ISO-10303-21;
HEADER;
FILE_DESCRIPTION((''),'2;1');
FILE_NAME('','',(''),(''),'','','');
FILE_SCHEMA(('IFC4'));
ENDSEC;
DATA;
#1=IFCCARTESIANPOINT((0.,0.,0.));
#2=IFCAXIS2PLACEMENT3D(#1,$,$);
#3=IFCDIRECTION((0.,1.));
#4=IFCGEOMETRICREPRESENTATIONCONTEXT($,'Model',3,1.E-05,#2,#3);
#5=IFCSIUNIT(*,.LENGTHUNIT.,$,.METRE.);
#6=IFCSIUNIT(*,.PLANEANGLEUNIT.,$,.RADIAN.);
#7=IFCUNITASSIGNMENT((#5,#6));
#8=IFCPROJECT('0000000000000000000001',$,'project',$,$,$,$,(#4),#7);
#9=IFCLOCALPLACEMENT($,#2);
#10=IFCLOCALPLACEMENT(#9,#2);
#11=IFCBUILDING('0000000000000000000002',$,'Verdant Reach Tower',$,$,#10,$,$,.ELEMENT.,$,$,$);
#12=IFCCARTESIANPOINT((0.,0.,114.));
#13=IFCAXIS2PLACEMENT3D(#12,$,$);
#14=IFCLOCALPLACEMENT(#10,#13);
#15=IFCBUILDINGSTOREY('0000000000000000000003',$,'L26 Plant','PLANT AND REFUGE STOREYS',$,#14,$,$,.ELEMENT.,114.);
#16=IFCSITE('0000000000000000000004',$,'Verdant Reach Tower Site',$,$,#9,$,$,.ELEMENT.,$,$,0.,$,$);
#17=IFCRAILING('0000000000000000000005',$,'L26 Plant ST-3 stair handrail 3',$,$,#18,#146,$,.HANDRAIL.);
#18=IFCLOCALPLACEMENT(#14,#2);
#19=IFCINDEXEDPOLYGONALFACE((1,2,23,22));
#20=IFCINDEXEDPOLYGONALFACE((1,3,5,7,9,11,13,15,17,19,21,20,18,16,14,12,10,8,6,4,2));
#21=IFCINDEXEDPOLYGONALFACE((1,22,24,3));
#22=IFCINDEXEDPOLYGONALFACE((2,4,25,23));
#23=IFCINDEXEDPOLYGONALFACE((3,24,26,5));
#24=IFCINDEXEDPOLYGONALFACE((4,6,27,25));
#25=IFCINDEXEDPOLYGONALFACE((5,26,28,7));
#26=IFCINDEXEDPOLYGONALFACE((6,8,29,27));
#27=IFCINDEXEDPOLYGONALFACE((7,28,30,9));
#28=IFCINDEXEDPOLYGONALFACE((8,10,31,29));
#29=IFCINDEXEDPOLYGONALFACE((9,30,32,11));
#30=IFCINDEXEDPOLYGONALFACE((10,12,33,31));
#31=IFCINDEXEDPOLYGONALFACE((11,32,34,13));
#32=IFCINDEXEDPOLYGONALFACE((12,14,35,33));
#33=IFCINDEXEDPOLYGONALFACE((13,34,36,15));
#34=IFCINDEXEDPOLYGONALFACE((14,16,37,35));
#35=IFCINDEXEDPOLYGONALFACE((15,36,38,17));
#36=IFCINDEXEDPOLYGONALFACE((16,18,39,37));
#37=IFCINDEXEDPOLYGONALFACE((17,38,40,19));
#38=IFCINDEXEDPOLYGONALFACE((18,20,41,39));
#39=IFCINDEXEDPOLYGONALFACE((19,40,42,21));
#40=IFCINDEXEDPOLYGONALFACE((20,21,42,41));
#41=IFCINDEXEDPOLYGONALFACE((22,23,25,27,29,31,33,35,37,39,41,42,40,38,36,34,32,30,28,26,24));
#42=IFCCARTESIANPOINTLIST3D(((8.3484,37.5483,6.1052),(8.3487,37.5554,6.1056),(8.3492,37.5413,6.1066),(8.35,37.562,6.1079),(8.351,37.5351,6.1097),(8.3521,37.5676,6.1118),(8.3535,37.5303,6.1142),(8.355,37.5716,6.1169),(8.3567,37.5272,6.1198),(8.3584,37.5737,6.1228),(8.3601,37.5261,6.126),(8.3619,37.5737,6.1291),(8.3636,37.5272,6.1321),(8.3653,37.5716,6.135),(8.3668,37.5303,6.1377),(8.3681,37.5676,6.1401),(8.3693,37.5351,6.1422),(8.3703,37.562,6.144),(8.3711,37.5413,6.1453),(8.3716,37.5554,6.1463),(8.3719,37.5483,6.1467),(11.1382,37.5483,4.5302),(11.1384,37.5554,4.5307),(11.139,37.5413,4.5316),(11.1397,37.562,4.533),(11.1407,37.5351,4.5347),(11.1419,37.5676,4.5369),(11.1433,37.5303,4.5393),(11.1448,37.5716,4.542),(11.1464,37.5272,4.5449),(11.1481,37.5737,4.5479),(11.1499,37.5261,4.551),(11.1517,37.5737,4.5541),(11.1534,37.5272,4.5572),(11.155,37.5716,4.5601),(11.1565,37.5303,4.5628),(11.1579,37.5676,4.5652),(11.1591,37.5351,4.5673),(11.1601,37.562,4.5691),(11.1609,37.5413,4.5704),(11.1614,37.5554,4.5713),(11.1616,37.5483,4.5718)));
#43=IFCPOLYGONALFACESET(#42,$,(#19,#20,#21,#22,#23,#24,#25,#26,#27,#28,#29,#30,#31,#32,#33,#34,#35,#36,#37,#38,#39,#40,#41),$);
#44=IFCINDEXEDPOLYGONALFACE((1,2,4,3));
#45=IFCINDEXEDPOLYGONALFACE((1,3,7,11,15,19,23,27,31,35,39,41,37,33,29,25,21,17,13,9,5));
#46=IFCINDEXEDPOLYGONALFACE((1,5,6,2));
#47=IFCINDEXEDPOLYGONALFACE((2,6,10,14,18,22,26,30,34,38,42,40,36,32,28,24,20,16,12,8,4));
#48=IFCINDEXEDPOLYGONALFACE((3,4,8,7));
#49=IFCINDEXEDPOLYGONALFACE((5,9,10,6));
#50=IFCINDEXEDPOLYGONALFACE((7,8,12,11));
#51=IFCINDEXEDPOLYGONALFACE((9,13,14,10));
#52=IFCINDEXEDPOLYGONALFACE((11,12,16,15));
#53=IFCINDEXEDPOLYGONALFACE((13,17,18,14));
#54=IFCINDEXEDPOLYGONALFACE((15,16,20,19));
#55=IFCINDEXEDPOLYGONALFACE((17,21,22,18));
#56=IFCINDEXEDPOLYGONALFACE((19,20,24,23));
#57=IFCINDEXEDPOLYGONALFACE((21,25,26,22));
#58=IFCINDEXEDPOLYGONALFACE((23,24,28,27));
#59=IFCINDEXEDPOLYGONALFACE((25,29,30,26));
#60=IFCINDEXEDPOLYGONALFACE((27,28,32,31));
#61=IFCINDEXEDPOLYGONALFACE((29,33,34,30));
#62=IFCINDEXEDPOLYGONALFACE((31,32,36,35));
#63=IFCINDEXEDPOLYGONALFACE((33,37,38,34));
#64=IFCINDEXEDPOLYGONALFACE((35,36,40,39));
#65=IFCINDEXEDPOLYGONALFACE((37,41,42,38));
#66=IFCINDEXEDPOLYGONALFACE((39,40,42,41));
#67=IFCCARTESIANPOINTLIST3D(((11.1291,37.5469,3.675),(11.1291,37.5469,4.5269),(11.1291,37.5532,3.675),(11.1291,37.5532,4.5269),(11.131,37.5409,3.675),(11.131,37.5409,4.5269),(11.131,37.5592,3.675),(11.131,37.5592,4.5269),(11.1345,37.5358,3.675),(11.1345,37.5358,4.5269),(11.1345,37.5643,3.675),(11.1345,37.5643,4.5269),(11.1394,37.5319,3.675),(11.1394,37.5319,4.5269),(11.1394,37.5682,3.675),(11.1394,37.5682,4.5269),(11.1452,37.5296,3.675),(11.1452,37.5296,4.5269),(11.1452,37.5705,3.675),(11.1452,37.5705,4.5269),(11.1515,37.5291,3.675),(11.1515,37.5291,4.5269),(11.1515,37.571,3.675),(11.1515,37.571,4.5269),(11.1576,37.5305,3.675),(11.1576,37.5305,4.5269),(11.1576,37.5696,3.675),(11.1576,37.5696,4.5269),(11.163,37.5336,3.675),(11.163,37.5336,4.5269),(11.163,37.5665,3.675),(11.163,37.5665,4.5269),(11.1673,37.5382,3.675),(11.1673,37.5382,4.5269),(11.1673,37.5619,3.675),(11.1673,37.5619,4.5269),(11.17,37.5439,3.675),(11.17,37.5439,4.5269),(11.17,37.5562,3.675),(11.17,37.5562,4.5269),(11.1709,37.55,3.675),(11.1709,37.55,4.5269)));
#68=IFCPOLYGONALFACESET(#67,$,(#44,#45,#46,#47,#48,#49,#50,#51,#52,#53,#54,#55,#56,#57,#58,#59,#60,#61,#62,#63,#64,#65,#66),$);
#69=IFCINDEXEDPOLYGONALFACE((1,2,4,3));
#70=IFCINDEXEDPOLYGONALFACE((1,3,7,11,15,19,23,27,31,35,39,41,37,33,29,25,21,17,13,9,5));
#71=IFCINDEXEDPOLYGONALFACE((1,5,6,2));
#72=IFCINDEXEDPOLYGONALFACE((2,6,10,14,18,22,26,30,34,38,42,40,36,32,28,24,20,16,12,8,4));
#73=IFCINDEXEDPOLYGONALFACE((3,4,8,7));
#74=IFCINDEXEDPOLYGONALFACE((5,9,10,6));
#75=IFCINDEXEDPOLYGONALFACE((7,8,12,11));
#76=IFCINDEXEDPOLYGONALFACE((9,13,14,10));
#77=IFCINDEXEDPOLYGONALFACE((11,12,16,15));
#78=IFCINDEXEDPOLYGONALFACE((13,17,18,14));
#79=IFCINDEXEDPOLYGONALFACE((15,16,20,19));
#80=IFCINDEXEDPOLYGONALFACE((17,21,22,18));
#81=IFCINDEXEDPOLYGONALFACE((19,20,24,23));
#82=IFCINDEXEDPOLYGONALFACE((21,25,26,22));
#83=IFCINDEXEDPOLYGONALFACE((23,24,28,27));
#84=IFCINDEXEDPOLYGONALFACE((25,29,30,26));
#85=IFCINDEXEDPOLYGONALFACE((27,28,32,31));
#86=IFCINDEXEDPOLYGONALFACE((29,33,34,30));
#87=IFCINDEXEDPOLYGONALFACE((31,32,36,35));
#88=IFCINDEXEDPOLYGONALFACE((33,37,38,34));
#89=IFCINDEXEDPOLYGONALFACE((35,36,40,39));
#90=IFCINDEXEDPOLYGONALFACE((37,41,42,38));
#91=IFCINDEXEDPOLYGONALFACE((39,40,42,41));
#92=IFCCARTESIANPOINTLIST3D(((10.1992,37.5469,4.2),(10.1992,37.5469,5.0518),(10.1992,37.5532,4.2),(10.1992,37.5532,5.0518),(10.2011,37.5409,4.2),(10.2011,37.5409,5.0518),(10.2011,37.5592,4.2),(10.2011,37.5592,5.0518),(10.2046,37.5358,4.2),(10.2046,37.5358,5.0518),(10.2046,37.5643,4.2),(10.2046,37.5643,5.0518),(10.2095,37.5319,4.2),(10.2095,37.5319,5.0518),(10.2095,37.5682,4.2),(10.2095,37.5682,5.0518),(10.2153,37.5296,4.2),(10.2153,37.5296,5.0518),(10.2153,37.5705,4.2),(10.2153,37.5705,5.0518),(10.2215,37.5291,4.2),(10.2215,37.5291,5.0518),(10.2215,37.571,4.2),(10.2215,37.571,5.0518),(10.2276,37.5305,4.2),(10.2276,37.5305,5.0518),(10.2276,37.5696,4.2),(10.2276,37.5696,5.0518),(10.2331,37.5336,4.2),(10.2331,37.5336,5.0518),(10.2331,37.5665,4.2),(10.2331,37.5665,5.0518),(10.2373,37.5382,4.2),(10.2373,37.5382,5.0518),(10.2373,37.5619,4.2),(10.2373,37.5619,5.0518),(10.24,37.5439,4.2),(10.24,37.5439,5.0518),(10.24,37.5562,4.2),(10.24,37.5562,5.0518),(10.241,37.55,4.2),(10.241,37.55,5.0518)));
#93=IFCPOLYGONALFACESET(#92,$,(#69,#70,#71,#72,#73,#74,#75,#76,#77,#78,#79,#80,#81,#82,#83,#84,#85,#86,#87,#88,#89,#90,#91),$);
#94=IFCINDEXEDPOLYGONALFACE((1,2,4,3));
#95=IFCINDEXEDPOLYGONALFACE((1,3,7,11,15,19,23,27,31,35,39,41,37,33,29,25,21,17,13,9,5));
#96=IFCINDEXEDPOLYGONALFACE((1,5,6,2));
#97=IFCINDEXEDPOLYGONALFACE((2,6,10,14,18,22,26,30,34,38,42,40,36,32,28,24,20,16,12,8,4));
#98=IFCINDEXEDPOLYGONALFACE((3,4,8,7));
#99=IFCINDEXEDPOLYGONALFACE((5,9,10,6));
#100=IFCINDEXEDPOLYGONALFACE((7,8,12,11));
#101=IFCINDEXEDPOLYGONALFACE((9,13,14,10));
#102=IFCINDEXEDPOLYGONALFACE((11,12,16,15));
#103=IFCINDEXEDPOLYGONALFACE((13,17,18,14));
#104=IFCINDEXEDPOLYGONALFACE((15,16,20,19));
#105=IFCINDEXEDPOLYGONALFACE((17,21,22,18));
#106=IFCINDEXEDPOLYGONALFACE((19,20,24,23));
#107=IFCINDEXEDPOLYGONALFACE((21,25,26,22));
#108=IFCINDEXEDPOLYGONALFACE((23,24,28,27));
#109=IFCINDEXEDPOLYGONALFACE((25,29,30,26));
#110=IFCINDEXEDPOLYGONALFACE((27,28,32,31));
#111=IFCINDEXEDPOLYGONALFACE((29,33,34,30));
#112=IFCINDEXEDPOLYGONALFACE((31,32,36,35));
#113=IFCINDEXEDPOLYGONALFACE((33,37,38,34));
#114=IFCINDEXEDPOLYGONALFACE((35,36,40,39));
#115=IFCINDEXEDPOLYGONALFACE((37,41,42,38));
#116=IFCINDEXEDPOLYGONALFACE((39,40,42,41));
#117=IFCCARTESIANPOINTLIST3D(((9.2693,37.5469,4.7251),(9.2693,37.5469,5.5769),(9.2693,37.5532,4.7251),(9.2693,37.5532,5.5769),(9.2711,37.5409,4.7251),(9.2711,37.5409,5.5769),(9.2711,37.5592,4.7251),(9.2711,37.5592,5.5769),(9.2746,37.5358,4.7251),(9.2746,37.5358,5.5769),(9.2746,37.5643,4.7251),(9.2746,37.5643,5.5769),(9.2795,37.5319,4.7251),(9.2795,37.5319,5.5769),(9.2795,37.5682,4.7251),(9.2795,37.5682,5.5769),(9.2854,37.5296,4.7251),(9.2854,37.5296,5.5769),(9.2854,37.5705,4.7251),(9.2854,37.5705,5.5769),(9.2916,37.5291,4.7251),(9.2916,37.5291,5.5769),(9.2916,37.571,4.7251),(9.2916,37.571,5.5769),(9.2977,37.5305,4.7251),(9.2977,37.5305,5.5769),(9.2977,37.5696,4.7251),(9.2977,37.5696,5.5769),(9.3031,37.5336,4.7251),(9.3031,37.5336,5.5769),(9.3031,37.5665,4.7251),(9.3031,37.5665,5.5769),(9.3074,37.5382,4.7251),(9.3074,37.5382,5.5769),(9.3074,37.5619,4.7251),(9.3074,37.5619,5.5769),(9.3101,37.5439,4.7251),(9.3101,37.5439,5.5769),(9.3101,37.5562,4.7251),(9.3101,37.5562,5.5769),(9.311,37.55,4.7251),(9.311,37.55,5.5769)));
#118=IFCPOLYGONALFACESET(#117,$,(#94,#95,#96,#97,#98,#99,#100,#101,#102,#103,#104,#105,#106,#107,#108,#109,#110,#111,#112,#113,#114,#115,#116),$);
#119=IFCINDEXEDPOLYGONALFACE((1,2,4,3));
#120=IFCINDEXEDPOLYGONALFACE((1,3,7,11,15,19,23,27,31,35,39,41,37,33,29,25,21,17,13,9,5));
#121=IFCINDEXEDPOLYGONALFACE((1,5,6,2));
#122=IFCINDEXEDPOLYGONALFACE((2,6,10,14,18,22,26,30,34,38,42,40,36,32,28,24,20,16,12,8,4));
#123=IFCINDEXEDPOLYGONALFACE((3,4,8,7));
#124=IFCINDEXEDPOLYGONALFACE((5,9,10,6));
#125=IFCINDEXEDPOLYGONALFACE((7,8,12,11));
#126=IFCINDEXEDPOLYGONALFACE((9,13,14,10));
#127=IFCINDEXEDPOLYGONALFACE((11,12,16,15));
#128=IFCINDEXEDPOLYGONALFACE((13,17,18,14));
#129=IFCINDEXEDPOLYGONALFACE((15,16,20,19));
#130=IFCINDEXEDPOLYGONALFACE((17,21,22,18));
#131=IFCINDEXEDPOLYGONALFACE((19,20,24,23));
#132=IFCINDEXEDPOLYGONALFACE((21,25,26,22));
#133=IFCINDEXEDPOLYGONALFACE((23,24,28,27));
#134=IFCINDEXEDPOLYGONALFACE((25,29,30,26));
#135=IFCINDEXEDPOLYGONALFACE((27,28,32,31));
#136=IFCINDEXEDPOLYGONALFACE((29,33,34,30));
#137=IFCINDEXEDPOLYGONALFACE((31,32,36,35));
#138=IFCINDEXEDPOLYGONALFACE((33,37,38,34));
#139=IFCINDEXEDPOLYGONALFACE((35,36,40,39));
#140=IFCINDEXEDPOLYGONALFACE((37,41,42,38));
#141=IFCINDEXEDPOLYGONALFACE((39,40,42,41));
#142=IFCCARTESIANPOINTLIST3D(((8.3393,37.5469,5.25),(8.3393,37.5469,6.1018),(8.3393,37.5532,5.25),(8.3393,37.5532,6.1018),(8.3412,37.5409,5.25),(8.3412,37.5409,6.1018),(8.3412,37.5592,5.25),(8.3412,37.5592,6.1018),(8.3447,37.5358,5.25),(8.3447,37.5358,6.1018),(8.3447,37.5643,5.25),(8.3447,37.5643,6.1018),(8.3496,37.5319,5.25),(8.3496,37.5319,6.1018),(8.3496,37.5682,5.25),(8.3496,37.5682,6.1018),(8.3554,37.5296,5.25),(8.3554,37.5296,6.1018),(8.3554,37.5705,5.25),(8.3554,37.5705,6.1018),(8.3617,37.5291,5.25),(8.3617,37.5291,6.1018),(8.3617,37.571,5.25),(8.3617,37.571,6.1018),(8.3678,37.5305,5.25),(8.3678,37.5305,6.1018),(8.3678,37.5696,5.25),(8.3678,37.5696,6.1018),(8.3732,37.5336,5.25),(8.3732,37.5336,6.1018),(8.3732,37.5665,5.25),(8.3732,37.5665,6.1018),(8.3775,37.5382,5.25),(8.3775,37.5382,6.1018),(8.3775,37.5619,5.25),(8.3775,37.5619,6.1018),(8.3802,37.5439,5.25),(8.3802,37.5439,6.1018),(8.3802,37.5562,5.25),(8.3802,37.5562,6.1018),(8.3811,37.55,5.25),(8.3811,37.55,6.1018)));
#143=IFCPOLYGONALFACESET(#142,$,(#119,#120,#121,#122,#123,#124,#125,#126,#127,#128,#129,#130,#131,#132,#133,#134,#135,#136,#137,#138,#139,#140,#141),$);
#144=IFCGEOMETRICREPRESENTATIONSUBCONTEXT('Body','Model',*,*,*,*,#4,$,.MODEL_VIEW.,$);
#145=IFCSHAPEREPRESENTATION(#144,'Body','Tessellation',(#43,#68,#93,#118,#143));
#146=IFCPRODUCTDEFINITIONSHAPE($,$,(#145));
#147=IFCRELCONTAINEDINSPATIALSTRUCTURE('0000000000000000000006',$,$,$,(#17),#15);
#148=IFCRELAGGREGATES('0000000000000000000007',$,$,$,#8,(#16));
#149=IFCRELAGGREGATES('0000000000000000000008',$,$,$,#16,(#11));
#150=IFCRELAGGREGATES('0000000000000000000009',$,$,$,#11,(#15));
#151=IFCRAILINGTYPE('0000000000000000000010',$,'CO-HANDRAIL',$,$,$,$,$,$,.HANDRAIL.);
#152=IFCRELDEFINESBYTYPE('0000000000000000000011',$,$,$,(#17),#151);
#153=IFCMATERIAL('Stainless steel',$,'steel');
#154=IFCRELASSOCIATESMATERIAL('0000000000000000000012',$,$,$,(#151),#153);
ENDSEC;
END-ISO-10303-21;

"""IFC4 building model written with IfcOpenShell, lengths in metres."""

from ifc_helpers import new_model, si_unit, direction, frame, origin, origin_2d, place, context, subcontext, project, spatial, circle, extrude, material, type_object, element, save


model = new_model("IFC4")

# Units and contexts
model_context = context("Model", 3, precision=1e-05, world=origin(), true_north=direction((0.0, 1.0)))
body_context = subcontext(model_context, "Body", "Model", "MODEL_VIEW")
ifc_project = project(units=[si_unit("LENGTHUNIT", "METRE"), si_unit("PLANEANGLEUNIT", "RADIAN")], contexts=[model_context])

# Site, building, storey
site_placement = place(None, origin())
site = spatial("IfcSite", under=ifc_project, at=site_placement, Name="Verdant Reach Tower Site", CompositionType="ELEMENT", RefElevation=0.0)
building_placement = place(site_placement, origin())
building = spatial("IfcBuilding", under=site, at=building_placement, Name="Verdant Reach Tower", CompositionType="ELEMENT")
storey_placement = place(building_placement, frame((0.0, 0.0, 114.0)))
storey = spatial("IfcBuildingStorey", under=building, at=storey_placement, Name="L26 Plant", Description="PLANT AND REFUGE STOREYS", CompositionType="ELEMENT", Elevation=114.0)

# Railing
ifc_material_1 = material(Name="Stainless steel", Category="steel")
railing_type_1 = type_object("IfcRailingType", Name="CO-HANDRAIL", PredefinedType="HANDRAIL", material=ifc_material_1)
railing_1_placement = place(storey_placement, frame((11.1499, 37.55, 3.675)))
element("IfcRailing", 1, at=railing_1_placement, inside=storey, type_object=railing_type_1, Name="L26 Plant ST-3 stair handrail 3", PredefinedType="HANDRAIL", context=body_context, shape_type="SweptSolid", body=[
    extrude(circle(Radius=0.0239, at=origin_2d()), frame((0.0, 0.0, 0.876), z_axis=(-0.870815, 0.0, 0.49161), x_axis=(0.0, -1.0, 0.0)), (0.0, 0.0, 1.0), 3.2036),
    extrude(circle(Radius=0.021, at=origin_2d()), origin(), (0.0, 0.0, 1.0), 0.8518),
    extrude(circle(Radius=0.021, at=origin_2d()), frame((-0.9299, 0.0, 0.5249)), (0.0, 0.0, 1.0), 0.8518),
    extrude(circle(Radius=0.021, at=origin_2d()), frame((-1.8599, 0.0, 1.05)), (0.0, 0.0, 1.0), 0.8518),
    extrude(circle(Radius=0.021, at=origin_2d()), frame((-2.7898, 0.0, 1.575)), (0.0, 0.0, 1.0), 0.8518),
])

save(model, "model.ifc")
